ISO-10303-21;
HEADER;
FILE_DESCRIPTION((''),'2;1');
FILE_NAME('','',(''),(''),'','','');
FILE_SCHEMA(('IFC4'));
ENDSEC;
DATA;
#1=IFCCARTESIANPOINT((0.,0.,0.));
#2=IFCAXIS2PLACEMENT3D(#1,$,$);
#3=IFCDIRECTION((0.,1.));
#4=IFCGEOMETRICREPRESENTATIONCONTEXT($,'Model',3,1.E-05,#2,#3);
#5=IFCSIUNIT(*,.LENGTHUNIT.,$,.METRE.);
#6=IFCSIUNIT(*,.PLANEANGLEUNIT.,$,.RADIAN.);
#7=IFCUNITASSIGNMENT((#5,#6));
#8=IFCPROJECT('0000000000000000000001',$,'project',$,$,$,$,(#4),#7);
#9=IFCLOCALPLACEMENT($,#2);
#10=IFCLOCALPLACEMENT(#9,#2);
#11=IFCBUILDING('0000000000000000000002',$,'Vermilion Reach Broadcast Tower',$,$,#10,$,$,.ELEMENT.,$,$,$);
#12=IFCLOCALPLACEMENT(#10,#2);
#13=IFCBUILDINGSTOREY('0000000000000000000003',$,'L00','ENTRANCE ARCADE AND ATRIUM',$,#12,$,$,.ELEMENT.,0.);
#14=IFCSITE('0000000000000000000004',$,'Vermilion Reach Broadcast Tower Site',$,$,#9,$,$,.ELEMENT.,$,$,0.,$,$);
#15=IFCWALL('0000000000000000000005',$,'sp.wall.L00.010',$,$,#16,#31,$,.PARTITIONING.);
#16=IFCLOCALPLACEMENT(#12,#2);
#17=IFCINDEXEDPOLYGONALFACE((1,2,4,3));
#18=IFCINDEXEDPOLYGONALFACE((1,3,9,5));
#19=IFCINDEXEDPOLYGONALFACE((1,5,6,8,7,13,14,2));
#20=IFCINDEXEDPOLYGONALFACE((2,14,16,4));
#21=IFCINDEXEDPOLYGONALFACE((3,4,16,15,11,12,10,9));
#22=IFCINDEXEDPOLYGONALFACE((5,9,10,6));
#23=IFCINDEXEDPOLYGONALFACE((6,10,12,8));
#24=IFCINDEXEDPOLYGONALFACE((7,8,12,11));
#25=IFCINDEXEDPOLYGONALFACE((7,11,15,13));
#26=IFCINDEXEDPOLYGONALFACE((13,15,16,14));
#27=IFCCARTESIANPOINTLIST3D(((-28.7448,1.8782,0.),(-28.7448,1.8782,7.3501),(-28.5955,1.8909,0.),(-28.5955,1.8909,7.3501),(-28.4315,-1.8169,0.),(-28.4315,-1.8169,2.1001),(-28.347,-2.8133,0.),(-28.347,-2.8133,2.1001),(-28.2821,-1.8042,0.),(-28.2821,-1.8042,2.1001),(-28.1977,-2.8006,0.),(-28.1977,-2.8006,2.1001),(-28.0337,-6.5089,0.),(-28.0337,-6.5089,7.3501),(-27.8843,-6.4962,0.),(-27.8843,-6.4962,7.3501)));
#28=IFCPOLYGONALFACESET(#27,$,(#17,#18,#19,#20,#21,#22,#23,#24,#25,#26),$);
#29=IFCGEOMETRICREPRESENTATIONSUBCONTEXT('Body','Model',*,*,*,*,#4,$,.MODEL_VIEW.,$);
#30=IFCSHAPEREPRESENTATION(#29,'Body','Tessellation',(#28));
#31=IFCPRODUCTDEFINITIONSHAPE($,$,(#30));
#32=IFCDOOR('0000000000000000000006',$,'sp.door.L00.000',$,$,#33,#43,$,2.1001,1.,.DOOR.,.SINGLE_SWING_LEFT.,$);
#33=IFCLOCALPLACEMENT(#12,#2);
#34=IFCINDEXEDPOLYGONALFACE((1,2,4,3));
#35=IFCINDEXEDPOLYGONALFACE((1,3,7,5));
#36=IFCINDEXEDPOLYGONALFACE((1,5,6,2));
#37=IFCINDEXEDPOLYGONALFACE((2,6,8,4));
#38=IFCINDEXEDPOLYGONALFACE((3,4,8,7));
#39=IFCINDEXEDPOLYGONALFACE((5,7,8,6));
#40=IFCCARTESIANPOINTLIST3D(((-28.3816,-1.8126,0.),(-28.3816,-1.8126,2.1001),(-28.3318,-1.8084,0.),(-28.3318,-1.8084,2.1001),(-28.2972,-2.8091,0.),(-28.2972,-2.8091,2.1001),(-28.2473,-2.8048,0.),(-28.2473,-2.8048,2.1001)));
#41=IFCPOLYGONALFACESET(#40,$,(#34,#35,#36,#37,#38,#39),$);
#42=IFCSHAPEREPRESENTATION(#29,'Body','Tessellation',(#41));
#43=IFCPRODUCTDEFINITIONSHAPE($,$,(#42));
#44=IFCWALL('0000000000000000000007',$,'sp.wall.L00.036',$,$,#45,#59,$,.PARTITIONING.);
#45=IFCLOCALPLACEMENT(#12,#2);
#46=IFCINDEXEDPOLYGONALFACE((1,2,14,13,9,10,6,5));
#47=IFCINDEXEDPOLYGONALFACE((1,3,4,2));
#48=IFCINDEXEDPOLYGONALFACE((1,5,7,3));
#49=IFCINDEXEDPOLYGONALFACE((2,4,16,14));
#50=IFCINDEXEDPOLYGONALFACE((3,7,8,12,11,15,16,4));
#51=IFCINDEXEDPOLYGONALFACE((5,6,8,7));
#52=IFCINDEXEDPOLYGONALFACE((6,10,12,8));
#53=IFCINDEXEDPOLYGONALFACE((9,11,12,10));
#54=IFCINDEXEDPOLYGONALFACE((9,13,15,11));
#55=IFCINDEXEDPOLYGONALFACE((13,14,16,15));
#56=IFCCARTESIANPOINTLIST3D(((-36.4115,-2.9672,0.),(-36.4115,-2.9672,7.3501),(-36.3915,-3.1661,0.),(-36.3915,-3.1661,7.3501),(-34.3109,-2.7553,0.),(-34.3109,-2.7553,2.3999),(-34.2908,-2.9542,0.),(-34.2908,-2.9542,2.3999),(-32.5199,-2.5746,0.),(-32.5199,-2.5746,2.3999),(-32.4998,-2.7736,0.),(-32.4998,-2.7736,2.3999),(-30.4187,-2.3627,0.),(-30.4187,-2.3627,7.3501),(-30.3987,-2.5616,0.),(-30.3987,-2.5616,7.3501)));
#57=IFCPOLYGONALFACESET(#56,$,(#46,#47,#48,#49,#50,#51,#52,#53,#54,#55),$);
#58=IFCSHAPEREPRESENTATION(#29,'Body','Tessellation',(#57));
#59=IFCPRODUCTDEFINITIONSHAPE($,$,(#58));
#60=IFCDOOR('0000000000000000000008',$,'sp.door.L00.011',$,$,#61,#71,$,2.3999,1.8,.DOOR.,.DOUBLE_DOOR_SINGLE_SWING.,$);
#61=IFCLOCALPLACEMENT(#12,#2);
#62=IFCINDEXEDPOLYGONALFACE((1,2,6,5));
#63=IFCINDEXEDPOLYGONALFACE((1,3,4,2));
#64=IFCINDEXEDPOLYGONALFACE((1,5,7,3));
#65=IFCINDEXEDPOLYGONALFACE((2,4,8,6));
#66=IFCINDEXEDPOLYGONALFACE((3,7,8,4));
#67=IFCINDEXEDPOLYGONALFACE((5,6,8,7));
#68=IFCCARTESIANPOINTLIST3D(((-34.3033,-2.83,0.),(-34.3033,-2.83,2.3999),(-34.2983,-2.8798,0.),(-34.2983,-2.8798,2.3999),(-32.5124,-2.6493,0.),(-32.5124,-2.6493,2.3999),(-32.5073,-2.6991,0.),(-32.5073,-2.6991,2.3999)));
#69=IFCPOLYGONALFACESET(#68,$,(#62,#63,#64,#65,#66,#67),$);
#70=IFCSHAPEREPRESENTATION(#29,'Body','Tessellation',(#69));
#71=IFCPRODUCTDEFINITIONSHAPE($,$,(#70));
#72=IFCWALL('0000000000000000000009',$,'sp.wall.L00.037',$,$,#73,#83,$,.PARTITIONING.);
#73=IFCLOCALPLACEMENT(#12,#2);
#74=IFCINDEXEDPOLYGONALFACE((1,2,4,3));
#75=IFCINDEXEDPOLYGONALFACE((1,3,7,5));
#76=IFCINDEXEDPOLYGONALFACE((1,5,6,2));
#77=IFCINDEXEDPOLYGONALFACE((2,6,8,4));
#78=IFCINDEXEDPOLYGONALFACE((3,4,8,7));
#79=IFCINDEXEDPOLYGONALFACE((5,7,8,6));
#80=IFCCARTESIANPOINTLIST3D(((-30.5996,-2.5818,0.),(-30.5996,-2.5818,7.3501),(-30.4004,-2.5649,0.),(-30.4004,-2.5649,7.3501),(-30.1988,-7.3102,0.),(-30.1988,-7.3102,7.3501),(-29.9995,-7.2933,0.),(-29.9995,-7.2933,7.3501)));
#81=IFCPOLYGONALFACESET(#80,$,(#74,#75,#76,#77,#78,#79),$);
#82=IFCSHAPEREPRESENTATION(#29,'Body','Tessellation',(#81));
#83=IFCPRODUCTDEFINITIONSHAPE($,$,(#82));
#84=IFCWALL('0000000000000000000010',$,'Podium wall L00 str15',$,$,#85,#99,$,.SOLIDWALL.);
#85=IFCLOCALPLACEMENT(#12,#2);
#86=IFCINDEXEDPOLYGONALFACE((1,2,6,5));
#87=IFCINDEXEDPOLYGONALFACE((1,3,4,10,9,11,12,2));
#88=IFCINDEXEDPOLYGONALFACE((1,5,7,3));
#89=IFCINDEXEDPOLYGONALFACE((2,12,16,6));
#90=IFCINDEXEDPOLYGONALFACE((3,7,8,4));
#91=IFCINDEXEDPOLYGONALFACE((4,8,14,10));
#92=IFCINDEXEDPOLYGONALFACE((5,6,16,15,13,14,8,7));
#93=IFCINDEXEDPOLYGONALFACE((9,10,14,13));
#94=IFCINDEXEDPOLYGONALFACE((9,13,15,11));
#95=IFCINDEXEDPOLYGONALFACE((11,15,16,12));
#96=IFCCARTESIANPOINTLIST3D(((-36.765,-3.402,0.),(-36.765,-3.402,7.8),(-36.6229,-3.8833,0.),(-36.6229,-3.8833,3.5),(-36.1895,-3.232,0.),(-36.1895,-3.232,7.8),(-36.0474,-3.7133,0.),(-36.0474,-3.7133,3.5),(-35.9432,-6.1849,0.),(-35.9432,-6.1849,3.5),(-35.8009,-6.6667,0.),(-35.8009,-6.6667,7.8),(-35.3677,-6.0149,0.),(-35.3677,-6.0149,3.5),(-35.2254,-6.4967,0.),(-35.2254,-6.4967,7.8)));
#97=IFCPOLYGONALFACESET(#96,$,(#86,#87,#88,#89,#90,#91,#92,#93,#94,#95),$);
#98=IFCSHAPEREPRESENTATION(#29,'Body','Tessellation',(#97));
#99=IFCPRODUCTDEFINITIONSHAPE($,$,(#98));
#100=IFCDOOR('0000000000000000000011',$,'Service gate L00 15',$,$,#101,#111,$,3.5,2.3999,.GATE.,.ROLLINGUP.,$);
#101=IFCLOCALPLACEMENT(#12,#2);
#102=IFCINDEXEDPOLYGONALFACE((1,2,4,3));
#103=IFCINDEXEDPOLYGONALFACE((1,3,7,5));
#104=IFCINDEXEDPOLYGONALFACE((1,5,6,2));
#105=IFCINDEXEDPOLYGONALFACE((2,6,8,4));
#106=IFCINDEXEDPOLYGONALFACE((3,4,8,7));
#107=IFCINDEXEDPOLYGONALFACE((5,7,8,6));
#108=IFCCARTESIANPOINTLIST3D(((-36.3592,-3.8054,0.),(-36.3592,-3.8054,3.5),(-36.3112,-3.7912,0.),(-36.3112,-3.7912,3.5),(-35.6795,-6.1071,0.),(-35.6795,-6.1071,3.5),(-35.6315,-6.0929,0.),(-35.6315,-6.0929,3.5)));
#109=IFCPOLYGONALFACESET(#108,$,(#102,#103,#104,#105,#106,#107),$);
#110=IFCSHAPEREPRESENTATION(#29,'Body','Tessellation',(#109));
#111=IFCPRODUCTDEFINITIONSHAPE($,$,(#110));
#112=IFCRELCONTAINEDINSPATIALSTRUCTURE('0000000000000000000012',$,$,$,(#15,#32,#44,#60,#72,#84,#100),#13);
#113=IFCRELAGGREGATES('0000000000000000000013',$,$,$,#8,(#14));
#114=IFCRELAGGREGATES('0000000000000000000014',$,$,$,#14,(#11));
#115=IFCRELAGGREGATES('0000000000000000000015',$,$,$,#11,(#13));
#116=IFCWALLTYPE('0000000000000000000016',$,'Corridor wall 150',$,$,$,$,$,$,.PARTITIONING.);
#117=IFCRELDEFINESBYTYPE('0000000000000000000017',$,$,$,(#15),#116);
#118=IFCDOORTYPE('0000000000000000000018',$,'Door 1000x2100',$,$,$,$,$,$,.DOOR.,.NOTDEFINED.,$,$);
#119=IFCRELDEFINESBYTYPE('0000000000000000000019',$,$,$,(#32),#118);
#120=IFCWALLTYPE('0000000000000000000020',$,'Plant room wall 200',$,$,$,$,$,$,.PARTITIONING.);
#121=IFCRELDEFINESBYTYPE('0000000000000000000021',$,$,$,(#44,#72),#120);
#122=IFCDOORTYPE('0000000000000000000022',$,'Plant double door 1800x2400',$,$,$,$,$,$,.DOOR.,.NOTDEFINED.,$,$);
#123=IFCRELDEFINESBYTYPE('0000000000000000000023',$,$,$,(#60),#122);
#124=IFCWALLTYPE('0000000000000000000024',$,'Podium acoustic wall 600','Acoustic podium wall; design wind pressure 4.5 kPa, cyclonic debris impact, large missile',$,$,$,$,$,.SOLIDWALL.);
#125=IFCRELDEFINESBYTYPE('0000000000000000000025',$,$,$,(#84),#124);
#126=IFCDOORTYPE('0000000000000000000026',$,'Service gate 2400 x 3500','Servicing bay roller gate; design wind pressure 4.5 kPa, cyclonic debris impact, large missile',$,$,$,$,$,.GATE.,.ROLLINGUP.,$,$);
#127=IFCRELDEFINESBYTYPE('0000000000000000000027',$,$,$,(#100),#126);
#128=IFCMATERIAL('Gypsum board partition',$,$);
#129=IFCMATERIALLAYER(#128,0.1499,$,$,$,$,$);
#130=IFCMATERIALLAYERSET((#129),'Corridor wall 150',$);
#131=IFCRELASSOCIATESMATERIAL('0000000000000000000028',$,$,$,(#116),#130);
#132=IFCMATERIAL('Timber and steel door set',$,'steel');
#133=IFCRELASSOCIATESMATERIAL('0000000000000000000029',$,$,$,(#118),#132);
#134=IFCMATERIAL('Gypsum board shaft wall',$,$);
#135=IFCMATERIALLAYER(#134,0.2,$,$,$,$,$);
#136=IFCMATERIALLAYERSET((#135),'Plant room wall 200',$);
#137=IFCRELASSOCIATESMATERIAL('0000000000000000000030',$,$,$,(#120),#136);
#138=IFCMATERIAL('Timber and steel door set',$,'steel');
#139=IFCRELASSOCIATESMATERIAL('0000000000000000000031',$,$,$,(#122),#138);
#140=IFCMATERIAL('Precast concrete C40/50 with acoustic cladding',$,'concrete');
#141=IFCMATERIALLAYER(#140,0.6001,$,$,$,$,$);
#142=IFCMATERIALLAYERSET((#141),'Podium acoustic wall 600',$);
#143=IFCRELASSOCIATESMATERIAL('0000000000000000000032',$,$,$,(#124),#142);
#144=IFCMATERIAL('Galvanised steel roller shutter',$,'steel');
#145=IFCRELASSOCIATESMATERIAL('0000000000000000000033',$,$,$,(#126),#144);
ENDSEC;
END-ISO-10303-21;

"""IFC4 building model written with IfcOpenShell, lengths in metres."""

from ifc_helpers import new_model, si_unit, direction, frame, frame_2d, origin, place, context, subcontext, project, spatial, rectangle, extrude, material, layer, layer_set, type_object, element, fill, save


model = new_model("IFC4")

# Units and contexts
model_context = context("Model", 3, precision=1e-05, world=origin(), true_north=direction((0.0, 1.0)))
body_context = subcontext(model_context, "Body", "Model", "MODEL_VIEW")
ifc_project = project(units=[si_unit("LENGTHUNIT", "METRE"), si_unit("PLANEANGLEUNIT", "RADIAN")], contexts=[model_context])

# Site, building, storey
site_placement = place(None, origin())
site = spatial("IfcSite", under=ifc_project, at=site_placement, Name="Vermilion Reach Broadcast Tower Site", CompositionType="ELEMENT", RefElevation=0.0)
building_placement = place(site_placement, origin())
building = spatial("IfcBuilding", under=site, at=building_placement, Name="Vermilion Reach Broadcast Tower", CompositionType="ELEMENT")
storey_placement = place(building_placement, origin())
storey = spatial("IfcBuildingStorey", under=building, at=storey_placement, Name="L00", Description="ENTRANCE ARCADE AND ATRIUM", CompositionType="ELEMENT", Elevation=0.0)

# Shared definitions
ifc_material_1 = material(Name="Gypsum board partition")
ifc_layer_1 = layer(ifc_material_1, 0.1499)
ifc_layer_set_1 = layer_set([ifc_layer_1], Name="Corridor wall 150")
wall_type_1 = type_object("IfcWallType", Name="Corridor wall 150", PredefinedType="PARTITIONING", material=ifc_layer_set_1)

# Walls, openings, doors
wall_1_placement = place(storey_placement, frame((-27.959, -6.5024, 0.0), z_axis=(0.0, 0.0, 1.0), x_axis=(-0.08449, 0.996424, 0.0)))
wall_1 = element("IfcWall", 1, at=wall_1_placement, inside=storey, type_object=wall_type_1, Name="sp.wall.L00.010", PredefinedType="PARTITIONING", context=body_context, shape_type="SweptSolid", body=[
    extrude(rectangle(XDim=8.4172, YDim=0.1499, at=frame_2d((4.2085, 0.0))), origin(), (0.0, 0.0, 1.0), 7.3501),
])
opening_1_placement = place(wall_1_placement, frame((3.7087, 0.0, 0.0)))
opening_1 = element("IfcOpeningElement", 2, at=opening_1_placement, cuts=wall_1, PredefinedType="OPENING", context=body_context, shape_type="SweptSolid", body=[
    extrude(rectangle(XDim=1.0, YDim=2.1001, at=frame_2d((0.5, 1.05))), frame((0.0, 0.085, 0.0), z_axis=(0.0, -1.0, 0.0), x_axis=(1.0, 0.0, 0.0)), (0.0, 0.0, 1.0), 0.1699),
])
ifc_material_2 = material(Name="Timber and steel door set", Category="steel")
door_type_1 = type_object("IfcDoorType", Name="Door 1000x2100", OperationType="NOTDEFINED", PredefinedType="DOOR", material=ifc_material_2)
door_1_placement = place(opening_1_placement, origin())
door_1 = element("IfcDoor", 3, at=door_1_placement, inside=storey, type_object=door_type_1, Name="sp.door.L00.000", OperationType="SINGLE_SWING_LEFT", OverallHeight=2.1001, OverallWidth=1.0, PredefinedType="DOOR", context=body_context, shape_type="SweptSolid", body=[
    extrude(rectangle(XDim=1.0, YDim=2.1001, at=frame_2d((0.5, 1.05))), frame((0.0, 0.0249, 0.0), z_axis=(0.0, -1.0, 0.0), x_axis=(1.0, 0.0, 0.0)), (0.0, 0.0, 1.0), 0.05),
])
fill(opening_1, door_1)
ifc_material_3 = material(Name="Gypsum board shaft wall")
ifc_layer_2 = layer(ifc_material_3, 0.2)
ifc_layer_set_2 = layer_set([ifc_layer_2], Name="Plant room wall 200")
wall_type_2 = type_object("IfcWallType", Name="Plant room wall 200", PredefinedType="PARTITIONING", material=ifc_layer_set_2)
wall_2_placement = place(storey_placement, frame((-36.4016, -3.0667, 0.0), z_axis=(0.0, 0.0, 1.0), x_axis=(0.994951, 0.100363, 0.0)))
wall_2 = element("IfcWall", 4, at=wall_2_placement, inside=storey, type_object=wall_type_2, Name="sp.wall.L00.036", PredefinedType="PARTITIONING", context=body_context, shape_type="SweptSolid", body=[
    extrude(rectangle(XDim=6.0232, YDim=0.2, at=frame_2d((3.0117, 0.0))), origin(), (0.0, 0.0, 1.0), 7.3501),
])
opening_2_placement = place(wall_2_placement, frame((2.1116, 0.0, 0.0)))
opening_2 = element("IfcOpeningElement", 5, at=opening_2_placement, cuts=wall_2, PredefinedType="OPENING", context=body_context, shape_type="SweptSolid", body=[
    extrude(rectangle(XDim=1.8, YDim=2.3999, at=frame_2d((0.8999, 1.2))), frame((0.0, 0.1099, 0.0), z_axis=(0.0, -1.0, 0.0), x_axis=(1.0, 0.0, 0.0)), (0.0, 0.0, 1.0), 0.22),
])
ifc_material_4 = material(Name="Timber and steel door set", Category="steel")
door_type_2 = type_object("IfcDoorType", Name="Plant double door 1800x2400", OperationType="NOTDEFINED", PredefinedType="DOOR", material=ifc_material_4)
door_2_placement = place(opening_2_placement, origin())
door_2 = element("IfcDoor", 6, at=door_2_placement, inside=storey, type_object=door_type_2, Name="sp.door.L00.011", OperationType="DOUBLE_DOOR_SINGLE_SWING", OverallHeight=2.3999, OverallWidth=1.8, PredefinedType="DOOR", context=body_context, shape_type="SweptSolid", body=[
    extrude(rectangle(XDim=1.8, YDim=2.3999, at=frame_2d((0.8999, 1.2))), frame((0.0, 0.0249, 0.0), z_axis=(0.0, -1.0, 0.0), x_axis=(1.0, 0.0, 0.0)), (0.0, 0.0, 1.0), 0.05),
])
fill(opening_2, door_2)

# Wall
wall_3_placement = place(storey_placement, frame((-30.5, -2.5735, 0.0), z_axis=(0.0, 0.0, 1.0), x_axis=(0.084476, -0.996426, 0.0)))
element("IfcWall", 7, at=wall_3_placement, inside=storey, type_object=wall_type_2, Name="sp.wall.L00.037", PredefinedType="PARTITIONING", context=body_context, shape_type="SweptSolid", body=[
    extrude(rectangle(XDim=4.7454, YDim=0.2, at=frame_2d((2.3726, 0.0))), origin(), (0.0, 0.0, 1.0), 7.3501),
])

# Wall, opening, door
ifc_material_5 = material(Name="Precast concrete C40/50 with acoustic cladding", Category="concrete")
ifc_layer_3 = layer(ifc_material_5, 0.6001)
ifc_layer_set_3 = layer_set([ifc_layer_3], Name="Podium acoustic wall 600")
wall_type_3 = type_object("IfcWallType", Name="Podium acoustic wall 600", Description="Acoustic podium wall; design wind pressure 4.5 kPa, cyclonic debris impact, large missile", PredefinedType="SOLIDWALL", material=ifc_layer_set_3)
wall_4_placement = place(storey_placement, frame((-36.4773, -3.3169, 0.0), z_axis=(0.0, 0.0, 1.0), x_axis=(0.283226, -0.959053, 0.0)))
wall_4 = element("IfcWall", 8, at=wall_4_placement, inside=storey, type_object=wall_type_3, Name="Podium wall L00 str15", PredefinedType="SOLIDWALL", context=body_context, shape_type="SweptSolid", body=[
    extrude(rectangle(XDim=3.4041, YDim=0.6001, at=frame_2d((1.7021, 0.0))), origin(), (0.0, 0.0, 1.0), 7.8),
])
opening_3_placement = place(wall_4_placement, frame((0.502, 0.0, 0.0)))
opening_3 = element("IfcOpeningElement", 9, at=opening_3_placement, cuts=wall_4, PredefinedType="OPENING", context=body_context, shape_type="SweptSolid", body=[
    extrude(rectangle(XDim=2.3999, YDim=3.5, at=frame_2d((1.2, 1.75))), frame((0.0, 0.3101, 0.0), z_axis=(0.0, -1.0, 0.0), x_axis=(1.0, 0.0, 0.0)), (0.0, 0.0, 1.0), 0.6201),
])
ifc_material_6 = material(Name="Galvanised steel roller shutter", Category="steel")
door_type_3 = type_object("IfcDoorType", Name="Service gate 2400 x 3500", Description="Servicing bay roller gate; design wind pressure 4.5 kPa, cyclonic debris impact, large missile", OperationType="ROLLINGUP", PredefinedType="GATE", material=ifc_material_6)
door_3_placement = place(opening_3_placement, origin())
door_3 = element("IfcDoor", 10, at=door_3_placement, inside=storey, type_object=door_type_3, Name="Service gate L00 15", OperationType="ROLLINGUP", OverallHeight=3.5, OverallWidth=2.3999, PredefinedType="GATE", context=body_context, shape_type="SweptSolid", body=[
    extrude(rectangle(XDim=2.3999, YDim=3.5, at=frame_2d((1.2, 1.75))), frame((0.0, 0.0249, 0.0), z_axis=(0.0, -1.0, 0.0), x_axis=(1.0, 0.0, 0.0)), (0.0, 0.0, 1.0), 0.05),
])
fill(opening_3, door_3)

save(model, "model.ifc")
